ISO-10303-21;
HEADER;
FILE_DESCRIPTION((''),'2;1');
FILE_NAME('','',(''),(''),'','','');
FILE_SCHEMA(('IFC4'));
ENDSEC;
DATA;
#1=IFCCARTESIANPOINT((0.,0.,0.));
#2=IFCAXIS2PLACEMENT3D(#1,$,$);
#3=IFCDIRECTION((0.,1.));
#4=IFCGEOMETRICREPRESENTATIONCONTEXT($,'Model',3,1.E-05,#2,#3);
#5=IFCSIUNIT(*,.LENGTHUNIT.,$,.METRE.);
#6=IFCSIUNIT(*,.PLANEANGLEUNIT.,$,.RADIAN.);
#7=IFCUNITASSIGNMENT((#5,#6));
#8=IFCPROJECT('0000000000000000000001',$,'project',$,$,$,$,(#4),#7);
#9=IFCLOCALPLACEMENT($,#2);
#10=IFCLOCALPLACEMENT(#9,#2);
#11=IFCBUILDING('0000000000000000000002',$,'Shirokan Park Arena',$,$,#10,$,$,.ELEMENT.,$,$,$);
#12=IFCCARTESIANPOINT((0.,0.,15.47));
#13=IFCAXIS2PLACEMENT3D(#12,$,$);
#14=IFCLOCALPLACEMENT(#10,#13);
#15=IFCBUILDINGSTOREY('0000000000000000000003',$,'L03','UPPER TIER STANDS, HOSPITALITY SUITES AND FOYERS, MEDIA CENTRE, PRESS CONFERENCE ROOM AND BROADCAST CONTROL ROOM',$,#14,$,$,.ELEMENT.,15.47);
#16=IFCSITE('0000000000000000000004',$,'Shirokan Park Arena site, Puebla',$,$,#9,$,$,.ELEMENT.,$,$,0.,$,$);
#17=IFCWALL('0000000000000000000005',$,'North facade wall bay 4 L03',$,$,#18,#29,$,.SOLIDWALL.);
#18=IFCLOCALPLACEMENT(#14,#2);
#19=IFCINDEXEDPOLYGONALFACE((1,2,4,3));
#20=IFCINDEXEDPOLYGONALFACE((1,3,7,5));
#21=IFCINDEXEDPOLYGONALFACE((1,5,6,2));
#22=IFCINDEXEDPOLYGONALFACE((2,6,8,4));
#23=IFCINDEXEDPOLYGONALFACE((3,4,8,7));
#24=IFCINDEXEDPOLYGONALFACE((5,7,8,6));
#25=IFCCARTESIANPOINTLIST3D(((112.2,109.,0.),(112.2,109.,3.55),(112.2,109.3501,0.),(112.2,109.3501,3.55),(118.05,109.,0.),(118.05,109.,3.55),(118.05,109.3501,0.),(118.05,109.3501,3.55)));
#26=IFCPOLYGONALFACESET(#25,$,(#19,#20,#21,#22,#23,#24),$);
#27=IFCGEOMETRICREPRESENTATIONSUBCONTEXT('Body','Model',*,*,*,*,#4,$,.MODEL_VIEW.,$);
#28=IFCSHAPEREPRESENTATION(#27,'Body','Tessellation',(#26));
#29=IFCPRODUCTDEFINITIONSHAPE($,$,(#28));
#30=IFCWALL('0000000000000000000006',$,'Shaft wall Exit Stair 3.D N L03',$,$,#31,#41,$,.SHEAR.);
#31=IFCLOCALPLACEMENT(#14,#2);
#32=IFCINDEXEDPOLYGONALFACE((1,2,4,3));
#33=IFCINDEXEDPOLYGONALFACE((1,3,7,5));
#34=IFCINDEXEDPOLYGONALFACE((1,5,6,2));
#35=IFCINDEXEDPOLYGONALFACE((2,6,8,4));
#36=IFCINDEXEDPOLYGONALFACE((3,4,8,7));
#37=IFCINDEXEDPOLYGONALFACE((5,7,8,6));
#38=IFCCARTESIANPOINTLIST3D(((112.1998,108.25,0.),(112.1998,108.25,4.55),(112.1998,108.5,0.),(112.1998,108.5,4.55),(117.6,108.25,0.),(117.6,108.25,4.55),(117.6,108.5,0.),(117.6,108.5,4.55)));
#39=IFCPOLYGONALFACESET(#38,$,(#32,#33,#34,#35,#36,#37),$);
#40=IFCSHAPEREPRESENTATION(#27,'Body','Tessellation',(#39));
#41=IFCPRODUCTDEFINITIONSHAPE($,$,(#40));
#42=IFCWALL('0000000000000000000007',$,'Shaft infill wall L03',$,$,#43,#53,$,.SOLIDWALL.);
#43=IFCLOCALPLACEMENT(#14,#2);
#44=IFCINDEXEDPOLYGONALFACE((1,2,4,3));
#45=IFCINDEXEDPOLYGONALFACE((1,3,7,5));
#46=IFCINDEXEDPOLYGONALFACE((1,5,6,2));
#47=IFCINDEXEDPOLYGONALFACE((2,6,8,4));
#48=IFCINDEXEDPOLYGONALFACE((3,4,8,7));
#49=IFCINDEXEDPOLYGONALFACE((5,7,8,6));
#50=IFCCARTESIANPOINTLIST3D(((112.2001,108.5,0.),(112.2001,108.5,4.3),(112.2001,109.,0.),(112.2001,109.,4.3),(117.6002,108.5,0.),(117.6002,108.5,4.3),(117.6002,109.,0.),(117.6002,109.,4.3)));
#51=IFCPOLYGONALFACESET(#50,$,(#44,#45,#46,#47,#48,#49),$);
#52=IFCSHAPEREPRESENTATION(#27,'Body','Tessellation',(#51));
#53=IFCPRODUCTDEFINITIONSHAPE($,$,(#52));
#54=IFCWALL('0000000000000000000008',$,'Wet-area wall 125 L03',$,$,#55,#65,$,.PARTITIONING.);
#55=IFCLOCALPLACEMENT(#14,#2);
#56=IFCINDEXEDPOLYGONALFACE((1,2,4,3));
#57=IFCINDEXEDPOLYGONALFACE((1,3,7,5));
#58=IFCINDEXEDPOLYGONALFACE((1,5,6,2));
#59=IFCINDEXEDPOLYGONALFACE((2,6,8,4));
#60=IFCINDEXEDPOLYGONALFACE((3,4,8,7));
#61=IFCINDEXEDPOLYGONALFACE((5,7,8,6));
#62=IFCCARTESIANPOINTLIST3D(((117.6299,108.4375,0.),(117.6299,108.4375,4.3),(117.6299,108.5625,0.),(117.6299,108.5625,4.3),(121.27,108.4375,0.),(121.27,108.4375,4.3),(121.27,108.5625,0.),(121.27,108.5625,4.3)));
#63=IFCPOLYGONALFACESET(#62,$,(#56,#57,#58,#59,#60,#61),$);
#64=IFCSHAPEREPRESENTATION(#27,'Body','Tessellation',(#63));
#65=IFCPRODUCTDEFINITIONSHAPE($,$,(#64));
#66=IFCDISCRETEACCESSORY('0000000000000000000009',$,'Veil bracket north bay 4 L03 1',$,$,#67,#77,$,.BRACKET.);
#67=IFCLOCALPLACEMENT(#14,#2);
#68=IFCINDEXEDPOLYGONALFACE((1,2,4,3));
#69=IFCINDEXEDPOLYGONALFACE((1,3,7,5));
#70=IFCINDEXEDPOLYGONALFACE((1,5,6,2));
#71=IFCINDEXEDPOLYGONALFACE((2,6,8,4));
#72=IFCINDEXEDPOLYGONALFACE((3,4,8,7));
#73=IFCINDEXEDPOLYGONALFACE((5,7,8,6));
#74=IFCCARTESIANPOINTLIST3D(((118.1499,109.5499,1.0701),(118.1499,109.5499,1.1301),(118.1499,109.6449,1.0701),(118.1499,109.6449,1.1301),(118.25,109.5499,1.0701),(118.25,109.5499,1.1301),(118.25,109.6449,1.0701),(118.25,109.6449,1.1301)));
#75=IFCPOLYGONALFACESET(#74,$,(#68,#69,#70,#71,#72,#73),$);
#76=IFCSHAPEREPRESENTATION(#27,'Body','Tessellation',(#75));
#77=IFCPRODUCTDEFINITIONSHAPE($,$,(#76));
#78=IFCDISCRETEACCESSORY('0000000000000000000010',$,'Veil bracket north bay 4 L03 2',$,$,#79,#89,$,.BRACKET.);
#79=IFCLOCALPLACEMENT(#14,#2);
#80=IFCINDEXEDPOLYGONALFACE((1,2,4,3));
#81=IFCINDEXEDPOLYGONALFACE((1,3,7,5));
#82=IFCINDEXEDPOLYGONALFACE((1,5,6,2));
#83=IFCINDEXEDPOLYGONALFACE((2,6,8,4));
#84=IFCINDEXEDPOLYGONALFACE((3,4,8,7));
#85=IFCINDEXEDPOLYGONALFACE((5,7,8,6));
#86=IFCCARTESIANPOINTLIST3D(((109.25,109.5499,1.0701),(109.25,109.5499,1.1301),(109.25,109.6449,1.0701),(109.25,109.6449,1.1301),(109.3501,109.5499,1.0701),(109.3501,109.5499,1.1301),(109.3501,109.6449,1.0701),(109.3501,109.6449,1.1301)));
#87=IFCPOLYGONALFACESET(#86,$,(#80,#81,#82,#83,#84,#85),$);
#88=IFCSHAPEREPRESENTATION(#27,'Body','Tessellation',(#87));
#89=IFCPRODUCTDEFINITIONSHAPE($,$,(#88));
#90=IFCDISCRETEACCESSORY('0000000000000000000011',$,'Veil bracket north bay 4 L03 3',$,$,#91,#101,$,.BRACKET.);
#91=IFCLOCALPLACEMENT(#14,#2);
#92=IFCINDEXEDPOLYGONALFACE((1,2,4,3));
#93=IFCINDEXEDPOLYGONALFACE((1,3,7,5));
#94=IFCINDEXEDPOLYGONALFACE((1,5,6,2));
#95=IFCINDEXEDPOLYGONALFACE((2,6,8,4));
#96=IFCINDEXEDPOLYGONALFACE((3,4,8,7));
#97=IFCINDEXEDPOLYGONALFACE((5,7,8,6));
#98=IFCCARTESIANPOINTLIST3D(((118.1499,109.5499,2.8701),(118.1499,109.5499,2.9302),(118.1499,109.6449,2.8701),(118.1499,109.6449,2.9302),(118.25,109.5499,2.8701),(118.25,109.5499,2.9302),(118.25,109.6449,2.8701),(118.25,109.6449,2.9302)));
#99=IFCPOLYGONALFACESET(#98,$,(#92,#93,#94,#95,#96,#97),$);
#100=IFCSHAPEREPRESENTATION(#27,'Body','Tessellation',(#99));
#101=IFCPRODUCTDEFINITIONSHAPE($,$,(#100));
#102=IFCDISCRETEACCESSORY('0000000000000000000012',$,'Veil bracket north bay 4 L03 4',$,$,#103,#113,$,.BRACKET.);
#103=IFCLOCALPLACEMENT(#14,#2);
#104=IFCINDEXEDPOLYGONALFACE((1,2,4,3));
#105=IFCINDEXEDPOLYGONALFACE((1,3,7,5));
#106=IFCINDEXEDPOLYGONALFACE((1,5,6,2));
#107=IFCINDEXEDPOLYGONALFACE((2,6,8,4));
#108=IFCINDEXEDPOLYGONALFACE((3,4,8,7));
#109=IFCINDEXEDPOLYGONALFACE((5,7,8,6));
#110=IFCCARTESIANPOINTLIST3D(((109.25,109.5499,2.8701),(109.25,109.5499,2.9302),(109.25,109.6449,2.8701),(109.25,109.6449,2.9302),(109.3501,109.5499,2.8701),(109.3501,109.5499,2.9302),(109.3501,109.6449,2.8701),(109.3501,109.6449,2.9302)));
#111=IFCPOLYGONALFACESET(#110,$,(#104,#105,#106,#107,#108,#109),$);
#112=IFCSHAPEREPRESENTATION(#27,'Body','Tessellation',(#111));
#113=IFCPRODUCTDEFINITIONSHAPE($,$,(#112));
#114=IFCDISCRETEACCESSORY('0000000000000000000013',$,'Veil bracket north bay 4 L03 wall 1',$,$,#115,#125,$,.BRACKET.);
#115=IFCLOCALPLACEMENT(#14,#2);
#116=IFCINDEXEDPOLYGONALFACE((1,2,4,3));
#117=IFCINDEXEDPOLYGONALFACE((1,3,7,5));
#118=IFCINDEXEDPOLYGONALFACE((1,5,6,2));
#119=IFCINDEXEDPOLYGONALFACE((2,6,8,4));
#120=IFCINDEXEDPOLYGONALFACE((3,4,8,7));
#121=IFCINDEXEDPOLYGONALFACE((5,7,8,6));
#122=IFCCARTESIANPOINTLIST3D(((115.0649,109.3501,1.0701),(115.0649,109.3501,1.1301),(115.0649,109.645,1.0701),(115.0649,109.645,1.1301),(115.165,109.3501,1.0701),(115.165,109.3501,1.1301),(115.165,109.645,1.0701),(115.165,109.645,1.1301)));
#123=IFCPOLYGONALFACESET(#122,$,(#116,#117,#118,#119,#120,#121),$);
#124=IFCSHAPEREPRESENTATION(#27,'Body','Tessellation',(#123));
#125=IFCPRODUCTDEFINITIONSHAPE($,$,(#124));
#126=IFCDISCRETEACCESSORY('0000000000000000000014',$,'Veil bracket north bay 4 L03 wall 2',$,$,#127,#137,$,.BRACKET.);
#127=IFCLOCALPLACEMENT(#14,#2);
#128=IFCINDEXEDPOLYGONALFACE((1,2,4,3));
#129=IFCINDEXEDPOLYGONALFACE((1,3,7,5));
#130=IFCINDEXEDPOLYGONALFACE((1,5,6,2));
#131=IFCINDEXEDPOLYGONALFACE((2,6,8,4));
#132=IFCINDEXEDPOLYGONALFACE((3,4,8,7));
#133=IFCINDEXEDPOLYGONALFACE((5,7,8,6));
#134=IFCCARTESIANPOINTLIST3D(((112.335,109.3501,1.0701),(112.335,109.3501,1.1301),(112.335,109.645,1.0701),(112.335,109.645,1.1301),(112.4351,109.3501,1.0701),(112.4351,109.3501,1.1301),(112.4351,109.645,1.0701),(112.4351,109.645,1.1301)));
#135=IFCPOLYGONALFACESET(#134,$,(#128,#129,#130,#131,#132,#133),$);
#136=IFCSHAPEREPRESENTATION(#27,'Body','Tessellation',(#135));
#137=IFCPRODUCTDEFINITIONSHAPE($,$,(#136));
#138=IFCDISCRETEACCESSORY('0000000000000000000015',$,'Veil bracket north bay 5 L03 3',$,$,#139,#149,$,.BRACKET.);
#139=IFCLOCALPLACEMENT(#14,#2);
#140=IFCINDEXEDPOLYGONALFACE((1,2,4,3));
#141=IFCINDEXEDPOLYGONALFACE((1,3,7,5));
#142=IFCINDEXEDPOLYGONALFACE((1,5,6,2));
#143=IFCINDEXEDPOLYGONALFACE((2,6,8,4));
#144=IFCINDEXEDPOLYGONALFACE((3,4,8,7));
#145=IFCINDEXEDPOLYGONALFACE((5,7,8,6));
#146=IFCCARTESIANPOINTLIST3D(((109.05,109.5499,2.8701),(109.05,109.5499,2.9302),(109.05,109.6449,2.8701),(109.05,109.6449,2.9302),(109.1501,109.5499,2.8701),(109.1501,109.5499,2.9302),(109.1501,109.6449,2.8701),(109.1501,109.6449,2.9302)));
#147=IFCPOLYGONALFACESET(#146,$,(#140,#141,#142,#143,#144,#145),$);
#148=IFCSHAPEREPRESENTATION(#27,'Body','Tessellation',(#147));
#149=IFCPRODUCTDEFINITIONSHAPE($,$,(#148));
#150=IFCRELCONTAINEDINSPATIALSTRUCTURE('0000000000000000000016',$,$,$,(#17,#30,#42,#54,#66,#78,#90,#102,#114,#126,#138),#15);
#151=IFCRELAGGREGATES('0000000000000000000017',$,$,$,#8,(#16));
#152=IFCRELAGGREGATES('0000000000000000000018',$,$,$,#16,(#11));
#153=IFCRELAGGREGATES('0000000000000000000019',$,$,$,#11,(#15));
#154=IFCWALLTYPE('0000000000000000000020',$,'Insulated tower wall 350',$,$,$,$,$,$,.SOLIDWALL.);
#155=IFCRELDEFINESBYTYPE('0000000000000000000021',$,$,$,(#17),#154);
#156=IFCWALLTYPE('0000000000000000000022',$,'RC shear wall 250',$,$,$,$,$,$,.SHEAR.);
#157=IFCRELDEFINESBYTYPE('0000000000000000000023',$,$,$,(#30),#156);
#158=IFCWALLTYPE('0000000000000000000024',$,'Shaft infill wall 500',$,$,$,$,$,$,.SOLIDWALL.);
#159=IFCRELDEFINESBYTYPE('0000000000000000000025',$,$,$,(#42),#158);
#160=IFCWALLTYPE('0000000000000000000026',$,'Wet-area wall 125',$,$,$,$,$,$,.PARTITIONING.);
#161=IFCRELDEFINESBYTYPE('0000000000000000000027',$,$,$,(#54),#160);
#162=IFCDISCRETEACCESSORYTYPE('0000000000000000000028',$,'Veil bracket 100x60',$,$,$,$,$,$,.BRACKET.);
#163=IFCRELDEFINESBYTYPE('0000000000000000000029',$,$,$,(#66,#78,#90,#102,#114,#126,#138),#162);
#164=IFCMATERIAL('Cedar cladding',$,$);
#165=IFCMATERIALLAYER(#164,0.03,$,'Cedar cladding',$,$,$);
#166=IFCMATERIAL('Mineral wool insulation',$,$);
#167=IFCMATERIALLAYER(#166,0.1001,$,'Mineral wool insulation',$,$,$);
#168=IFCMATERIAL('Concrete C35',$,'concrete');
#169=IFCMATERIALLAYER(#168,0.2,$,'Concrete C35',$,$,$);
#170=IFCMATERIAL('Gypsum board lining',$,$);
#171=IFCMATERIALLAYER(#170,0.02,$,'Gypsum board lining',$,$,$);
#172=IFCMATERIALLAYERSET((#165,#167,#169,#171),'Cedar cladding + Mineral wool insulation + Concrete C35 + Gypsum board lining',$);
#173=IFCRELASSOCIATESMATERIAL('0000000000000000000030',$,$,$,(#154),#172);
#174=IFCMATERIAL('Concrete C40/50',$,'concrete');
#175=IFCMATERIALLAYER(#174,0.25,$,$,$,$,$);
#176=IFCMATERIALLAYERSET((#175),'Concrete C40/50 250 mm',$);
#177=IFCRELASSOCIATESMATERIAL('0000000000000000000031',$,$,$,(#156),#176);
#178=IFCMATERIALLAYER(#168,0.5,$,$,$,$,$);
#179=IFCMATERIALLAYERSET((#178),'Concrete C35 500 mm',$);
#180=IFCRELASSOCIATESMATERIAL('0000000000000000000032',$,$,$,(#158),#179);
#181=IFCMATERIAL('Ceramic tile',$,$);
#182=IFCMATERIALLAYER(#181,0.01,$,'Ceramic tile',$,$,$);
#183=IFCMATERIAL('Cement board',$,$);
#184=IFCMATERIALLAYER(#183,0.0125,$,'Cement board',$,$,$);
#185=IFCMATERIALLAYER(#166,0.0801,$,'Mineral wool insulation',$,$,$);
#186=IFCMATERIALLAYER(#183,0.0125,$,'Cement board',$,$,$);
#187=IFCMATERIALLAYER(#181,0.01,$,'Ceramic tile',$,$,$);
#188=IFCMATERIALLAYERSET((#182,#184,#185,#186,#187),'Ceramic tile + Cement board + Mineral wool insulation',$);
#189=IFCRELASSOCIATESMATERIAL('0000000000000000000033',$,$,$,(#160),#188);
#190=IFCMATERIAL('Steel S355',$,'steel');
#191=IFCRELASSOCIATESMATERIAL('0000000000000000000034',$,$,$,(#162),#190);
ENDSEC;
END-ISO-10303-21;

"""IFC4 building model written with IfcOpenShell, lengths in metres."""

from ifc_helpers import new_model, si_unit, direction, frame, frame_2d, origin, origin_2d, place, context, subcontext, project, spatial, rectangle, extrude, material, layer, layer_set, type_object, element, save


model = new_model("IFC4")

# Units and contexts
model_context = context("Model", 3, precision=1e-05, world=origin(), true_north=direction((0.0, 1.0)))
body_context = subcontext(model_context, "Body", "Model", "MODEL_VIEW")
ifc_project = project(units=[si_unit("LENGTHUNIT", "METRE"), si_unit("PLANEANGLEUNIT", "RADIAN")], contexts=[model_context])

# Site, building, storey
site_placement = place(None, origin())
site = spatial("IfcSite", under=ifc_project, at=site_placement, Name="Shirokan Park Arena site, Puebla", CompositionType="ELEMENT", RefElevation=0.0)
building_placement = place(site_placement, origin())
building = spatial("IfcBuilding", under=site, at=building_placement, Name="Shirokan Park Arena", CompositionType="ELEMENT")
storey_placement = place(building_placement, frame((0.0, 0.0, 15.47)))
storey = spatial("IfcBuildingStorey", under=building, at=storey_placement, Name="L03", Description="UPPER TIER STANDS, HOSPITALITY SUITES AND FOYERS, MEDIA CENTRE, PRESS CONFERENCE ROOM AND BROADCAST CONTROL ROOM", CompositionType="ELEMENT", Elevation=15.47)

# Shared definitions
ifc_material_1 = material(Name="Concrete C35", Category="concrete")

# Shared definitions
ifc_material_2 = material(Name="Steel S355", Category="steel")

# Shared definitions
ifc_material_3 = material(Name="Mineral wool insulation")

# Walls
ifc_material_4 = material(Name="Cedar cladding")
ifc_layer_1 = layer(ifc_material_4, 0.03, Name="Cedar cladding")
ifc_layer_2 = layer(ifc_material_3, 0.1001, Name="Mineral wool insulation")
ifc_layer_3 = layer(ifc_material_1, 0.2, Name="Concrete C35")
ifc_material_5 = material(Name="Gypsum board lining")
ifc_layer_4 = layer(ifc_material_5, 0.02, Name="Gypsum board lining")
ifc_layer_set_1 = layer_set([ifc_layer_1, ifc_layer_2, ifc_layer_3, ifc_layer_4], Name="Cedar cladding + Mineral wool insulation + Concrete C35 + Gypsum board lining")
wall_type_1 = type_object("IfcWallType", Name="Insulated tower wall 350", PredefinedType="SOLIDWALL", material=ifc_layer_set_1)
wall_1_placement = place(storey_placement, frame((118.05, 109.175, 0.0), z_axis=(0.0, 0.0, 1.0), x_axis=(-1.0, 0.0, 0.0)))
element("IfcWall", 1, at=wall_1_placement, inside=storey, type_object=wall_type_1, Name="North facade wall bay 4 L03", PredefinedType="SOLIDWALL", context=body_context, shape_type="SweptSolid", body=[
    extrude(rectangle(XDim=5.8501, YDim=0.3501, at=frame_2d((2.925, 0.0))), origin(), (0.0, 0.0, 1.0), 3.55),
])
ifc_material_6 = material(Name="Concrete C40/50", Category="concrete")
ifc_layer_5 = layer(ifc_material_6, 0.25)
ifc_layer_set_2 = layer_set([ifc_layer_5], Name="Concrete C40/50 250 mm")
wall_type_2 = type_object("IfcWallType", Name="RC shear wall 250", PredefinedType="SHEAR", material=ifc_layer_set_2)
wall_2_placement = place(storey_placement, frame((117.6001, 108.375, 0.0), z_axis=(0.0, 0.0, 1.0), x_axis=(-1.0, 0.0, 0.0)))
element("IfcWall", 2, at=wall_2_placement, inside=storey, type_object=wall_type_2, Name="Shaft wall Exit Stair 3.D N L03", PredefinedType="SHEAR", context=body_context, shape_type="SweptSolid", body=[
    extrude(rectangle(XDim=5.4001, YDim=0.25, at=frame_2d((2.7002, 0.0))), origin(), (0.0, 0.0, 1.0), 4.55),
])
ifc_layer_6 = layer(ifc_material_1, 0.5)
ifc_layer_set_3 = layer_set([ifc_layer_6], Name="Concrete C35 500 mm")
wall_type_3 = type_object("IfcWallType", Name="Shaft infill wall 500", PredefinedType="SOLIDWALL", material=ifc_layer_set_3)
wall_3_placement = place(storey_placement, frame((112.2, 108.75, 0.0), z_axis=(0.0, 0.0, 1.0), x_axis=(1.0, 0.0, 0.0)))
element("IfcWall", 3, at=wall_3_placement, inside=storey, type_object=wall_type_3, Name="Shaft infill wall L03", PredefinedType="SOLIDWALL", context=body_context, shape_type="SweptSolid", body=[
    extrude(rectangle(XDim=5.4001, YDim=0.5, at=frame_2d((2.7002, 0.0))), origin(), (0.0, 0.0, 1.0), 4.3),
])
ifc_material_7 = material(Name="Ceramic tile")
ifc_layer_7 = layer(ifc_material_7, 0.01, Name="Ceramic tile")
ifc_material_8 = material(Name="Cement board")
ifc_layer_8 = layer(ifc_material_8, 0.0125, Name="Cement board")
ifc_layer_9 = layer(ifc_material_3, 0.0801, Name="Mineral wool insulation")
ifc_layer_10 = layer(ifc_material_8, 0.0125, Name="Cement board")
ifc_layer_11 = layer(ifc_material_7, 0.01, Name="Ceramic tile")
ifc_layer_set_4 = layer_set([ifc_layer_7, ifc_layer_8, ifc_layer_9, ifc_layer_10, ifc_layer_11], Name="Ceramic tile + Cement board + Mineral wool insulation")
wall_type_4 = type_object("IfcWallType", Name="Wet-area wall 125", PredefinedType="PARTITIONING", material=ifc_layer_set_4)
wall_4_placement = place(storey_placement, frame((117.6299, 108.5, 0.0), z_axis=(0.0, 0.0, 1.0), x_axis=(1.0, 0.0, 0.0)))
element("IfcWall", 4, at=wall_4_placement, inside=storey, type_object=wall_type_4, Name="Wet-area wall 125 L03", PredefinedType="PARTITIONING", context=body_context, shape_type="SweptSolid", body=[
    extrude(rectangle(XDim=3.6401, YDim=0.125, at=frame_2d((1.8201, 0.0))), origin(), (0.0, 0.0, 1.0), 4.3),
])

# Discrete accessories
discrete_accessory_type = type_object("IfcDiscreteAccessoryType", Name="Veil bracket 100x60", PredefinedType="BRACKET", material=ifc_material_2)
for number, where, z_axis, x_axis, name in (
    (5, (118.2, 109.5974, 1.0701), (0.0, 0.0, 1.0), (-1.0, 0.0, 0.0), "Veil bracket north bay 4 L03 1"),
    (6, (109.3, 109.5974, 1.0701), (0.0, 0.0, 1.0), (-1.0, 0.0, 0.0), "Veil bracket north bay 4 L03 2"),
    (7, (118.2, 109.5974, 2.8701), (0.0, 0.0, 1.0), (-1.0, 0.0, 0.0), "Veil bracket north bay 4 L03 3"),
    (8, (109.3, 109.5974, 2.8701), (0.0, 0.0, 1.0), (-1.0, 0.0, 0.0), "Veil bracket north bay 4 L03 4"),
):
    element("IfcDiscreteAccessory", number, at=place(storey_placement, frame(where, z_axis=z_axis, x_axis=x_axis)), inside=storey, type_object=discrete_accessory_type, Name=name, PredefinedType="BRACKET", context=body_context, shape_type="SweptSolid", body=[
        extrude(rectangle(XDim=0.1001, YDim=0.095, at=origin_2d()), origin(), (0.0, 0.0, 1.0), 0.0601),
    ])
for number, where, z_axis, x_axis, name in (
    (9, (115.115, 109.4976, 1.0701), (0.0, 0.0, 1.0), (-1.0, 0.0, 0.0), "Veil bracket north bay 4 L03 wall 1"),
    (10, (112.385, 109.4976, 1.0701), (0.0, 0.0, 1.0), (-1.0, 0.0, 0.0), "Veil bracket north bay 4 L03 wall 2"),
):
    element("IfcDiscreteAccessory", number, at=place(storey_placement, frame(where, z_axis=z_axis, x_axis=x_axis)), inside=storey, type_object=discrete_accessory_type, Name=name, PredefinedType="BRACKET", context=body_context, shape_type="SweptSolid", body=[
        extrude(rectangle(XDim=0.1001, YDim=0.2949, at=origin_2d()), origin(), (0.0, 0.0, 1.0), 0.0601),
    ])
discrete_accessory_placement = place(storey_placement, frame((109.1001, 109.5974, 2.8701), z_axis=(0.0, 0.0, 1.0), x_axis=(-1.0, 0.0, 0.0)))
element("IfcDiscreteAccessory", 11, at=discrete_accessory_placement, inside=storey, type_object=discrete_accessory_type, Name="Veil bracket north bay 5 L03 3", PredefinedType="BRACKET", context=body_context, shape_type="SweptSolid", body=[
    extrude(rectangle(XDim=0.1001, YDim=0.095, at=origin_2d()), origin(), (0.0, 0.0, 1.0), 0.0601),
])

save(model, "model.ifc")
